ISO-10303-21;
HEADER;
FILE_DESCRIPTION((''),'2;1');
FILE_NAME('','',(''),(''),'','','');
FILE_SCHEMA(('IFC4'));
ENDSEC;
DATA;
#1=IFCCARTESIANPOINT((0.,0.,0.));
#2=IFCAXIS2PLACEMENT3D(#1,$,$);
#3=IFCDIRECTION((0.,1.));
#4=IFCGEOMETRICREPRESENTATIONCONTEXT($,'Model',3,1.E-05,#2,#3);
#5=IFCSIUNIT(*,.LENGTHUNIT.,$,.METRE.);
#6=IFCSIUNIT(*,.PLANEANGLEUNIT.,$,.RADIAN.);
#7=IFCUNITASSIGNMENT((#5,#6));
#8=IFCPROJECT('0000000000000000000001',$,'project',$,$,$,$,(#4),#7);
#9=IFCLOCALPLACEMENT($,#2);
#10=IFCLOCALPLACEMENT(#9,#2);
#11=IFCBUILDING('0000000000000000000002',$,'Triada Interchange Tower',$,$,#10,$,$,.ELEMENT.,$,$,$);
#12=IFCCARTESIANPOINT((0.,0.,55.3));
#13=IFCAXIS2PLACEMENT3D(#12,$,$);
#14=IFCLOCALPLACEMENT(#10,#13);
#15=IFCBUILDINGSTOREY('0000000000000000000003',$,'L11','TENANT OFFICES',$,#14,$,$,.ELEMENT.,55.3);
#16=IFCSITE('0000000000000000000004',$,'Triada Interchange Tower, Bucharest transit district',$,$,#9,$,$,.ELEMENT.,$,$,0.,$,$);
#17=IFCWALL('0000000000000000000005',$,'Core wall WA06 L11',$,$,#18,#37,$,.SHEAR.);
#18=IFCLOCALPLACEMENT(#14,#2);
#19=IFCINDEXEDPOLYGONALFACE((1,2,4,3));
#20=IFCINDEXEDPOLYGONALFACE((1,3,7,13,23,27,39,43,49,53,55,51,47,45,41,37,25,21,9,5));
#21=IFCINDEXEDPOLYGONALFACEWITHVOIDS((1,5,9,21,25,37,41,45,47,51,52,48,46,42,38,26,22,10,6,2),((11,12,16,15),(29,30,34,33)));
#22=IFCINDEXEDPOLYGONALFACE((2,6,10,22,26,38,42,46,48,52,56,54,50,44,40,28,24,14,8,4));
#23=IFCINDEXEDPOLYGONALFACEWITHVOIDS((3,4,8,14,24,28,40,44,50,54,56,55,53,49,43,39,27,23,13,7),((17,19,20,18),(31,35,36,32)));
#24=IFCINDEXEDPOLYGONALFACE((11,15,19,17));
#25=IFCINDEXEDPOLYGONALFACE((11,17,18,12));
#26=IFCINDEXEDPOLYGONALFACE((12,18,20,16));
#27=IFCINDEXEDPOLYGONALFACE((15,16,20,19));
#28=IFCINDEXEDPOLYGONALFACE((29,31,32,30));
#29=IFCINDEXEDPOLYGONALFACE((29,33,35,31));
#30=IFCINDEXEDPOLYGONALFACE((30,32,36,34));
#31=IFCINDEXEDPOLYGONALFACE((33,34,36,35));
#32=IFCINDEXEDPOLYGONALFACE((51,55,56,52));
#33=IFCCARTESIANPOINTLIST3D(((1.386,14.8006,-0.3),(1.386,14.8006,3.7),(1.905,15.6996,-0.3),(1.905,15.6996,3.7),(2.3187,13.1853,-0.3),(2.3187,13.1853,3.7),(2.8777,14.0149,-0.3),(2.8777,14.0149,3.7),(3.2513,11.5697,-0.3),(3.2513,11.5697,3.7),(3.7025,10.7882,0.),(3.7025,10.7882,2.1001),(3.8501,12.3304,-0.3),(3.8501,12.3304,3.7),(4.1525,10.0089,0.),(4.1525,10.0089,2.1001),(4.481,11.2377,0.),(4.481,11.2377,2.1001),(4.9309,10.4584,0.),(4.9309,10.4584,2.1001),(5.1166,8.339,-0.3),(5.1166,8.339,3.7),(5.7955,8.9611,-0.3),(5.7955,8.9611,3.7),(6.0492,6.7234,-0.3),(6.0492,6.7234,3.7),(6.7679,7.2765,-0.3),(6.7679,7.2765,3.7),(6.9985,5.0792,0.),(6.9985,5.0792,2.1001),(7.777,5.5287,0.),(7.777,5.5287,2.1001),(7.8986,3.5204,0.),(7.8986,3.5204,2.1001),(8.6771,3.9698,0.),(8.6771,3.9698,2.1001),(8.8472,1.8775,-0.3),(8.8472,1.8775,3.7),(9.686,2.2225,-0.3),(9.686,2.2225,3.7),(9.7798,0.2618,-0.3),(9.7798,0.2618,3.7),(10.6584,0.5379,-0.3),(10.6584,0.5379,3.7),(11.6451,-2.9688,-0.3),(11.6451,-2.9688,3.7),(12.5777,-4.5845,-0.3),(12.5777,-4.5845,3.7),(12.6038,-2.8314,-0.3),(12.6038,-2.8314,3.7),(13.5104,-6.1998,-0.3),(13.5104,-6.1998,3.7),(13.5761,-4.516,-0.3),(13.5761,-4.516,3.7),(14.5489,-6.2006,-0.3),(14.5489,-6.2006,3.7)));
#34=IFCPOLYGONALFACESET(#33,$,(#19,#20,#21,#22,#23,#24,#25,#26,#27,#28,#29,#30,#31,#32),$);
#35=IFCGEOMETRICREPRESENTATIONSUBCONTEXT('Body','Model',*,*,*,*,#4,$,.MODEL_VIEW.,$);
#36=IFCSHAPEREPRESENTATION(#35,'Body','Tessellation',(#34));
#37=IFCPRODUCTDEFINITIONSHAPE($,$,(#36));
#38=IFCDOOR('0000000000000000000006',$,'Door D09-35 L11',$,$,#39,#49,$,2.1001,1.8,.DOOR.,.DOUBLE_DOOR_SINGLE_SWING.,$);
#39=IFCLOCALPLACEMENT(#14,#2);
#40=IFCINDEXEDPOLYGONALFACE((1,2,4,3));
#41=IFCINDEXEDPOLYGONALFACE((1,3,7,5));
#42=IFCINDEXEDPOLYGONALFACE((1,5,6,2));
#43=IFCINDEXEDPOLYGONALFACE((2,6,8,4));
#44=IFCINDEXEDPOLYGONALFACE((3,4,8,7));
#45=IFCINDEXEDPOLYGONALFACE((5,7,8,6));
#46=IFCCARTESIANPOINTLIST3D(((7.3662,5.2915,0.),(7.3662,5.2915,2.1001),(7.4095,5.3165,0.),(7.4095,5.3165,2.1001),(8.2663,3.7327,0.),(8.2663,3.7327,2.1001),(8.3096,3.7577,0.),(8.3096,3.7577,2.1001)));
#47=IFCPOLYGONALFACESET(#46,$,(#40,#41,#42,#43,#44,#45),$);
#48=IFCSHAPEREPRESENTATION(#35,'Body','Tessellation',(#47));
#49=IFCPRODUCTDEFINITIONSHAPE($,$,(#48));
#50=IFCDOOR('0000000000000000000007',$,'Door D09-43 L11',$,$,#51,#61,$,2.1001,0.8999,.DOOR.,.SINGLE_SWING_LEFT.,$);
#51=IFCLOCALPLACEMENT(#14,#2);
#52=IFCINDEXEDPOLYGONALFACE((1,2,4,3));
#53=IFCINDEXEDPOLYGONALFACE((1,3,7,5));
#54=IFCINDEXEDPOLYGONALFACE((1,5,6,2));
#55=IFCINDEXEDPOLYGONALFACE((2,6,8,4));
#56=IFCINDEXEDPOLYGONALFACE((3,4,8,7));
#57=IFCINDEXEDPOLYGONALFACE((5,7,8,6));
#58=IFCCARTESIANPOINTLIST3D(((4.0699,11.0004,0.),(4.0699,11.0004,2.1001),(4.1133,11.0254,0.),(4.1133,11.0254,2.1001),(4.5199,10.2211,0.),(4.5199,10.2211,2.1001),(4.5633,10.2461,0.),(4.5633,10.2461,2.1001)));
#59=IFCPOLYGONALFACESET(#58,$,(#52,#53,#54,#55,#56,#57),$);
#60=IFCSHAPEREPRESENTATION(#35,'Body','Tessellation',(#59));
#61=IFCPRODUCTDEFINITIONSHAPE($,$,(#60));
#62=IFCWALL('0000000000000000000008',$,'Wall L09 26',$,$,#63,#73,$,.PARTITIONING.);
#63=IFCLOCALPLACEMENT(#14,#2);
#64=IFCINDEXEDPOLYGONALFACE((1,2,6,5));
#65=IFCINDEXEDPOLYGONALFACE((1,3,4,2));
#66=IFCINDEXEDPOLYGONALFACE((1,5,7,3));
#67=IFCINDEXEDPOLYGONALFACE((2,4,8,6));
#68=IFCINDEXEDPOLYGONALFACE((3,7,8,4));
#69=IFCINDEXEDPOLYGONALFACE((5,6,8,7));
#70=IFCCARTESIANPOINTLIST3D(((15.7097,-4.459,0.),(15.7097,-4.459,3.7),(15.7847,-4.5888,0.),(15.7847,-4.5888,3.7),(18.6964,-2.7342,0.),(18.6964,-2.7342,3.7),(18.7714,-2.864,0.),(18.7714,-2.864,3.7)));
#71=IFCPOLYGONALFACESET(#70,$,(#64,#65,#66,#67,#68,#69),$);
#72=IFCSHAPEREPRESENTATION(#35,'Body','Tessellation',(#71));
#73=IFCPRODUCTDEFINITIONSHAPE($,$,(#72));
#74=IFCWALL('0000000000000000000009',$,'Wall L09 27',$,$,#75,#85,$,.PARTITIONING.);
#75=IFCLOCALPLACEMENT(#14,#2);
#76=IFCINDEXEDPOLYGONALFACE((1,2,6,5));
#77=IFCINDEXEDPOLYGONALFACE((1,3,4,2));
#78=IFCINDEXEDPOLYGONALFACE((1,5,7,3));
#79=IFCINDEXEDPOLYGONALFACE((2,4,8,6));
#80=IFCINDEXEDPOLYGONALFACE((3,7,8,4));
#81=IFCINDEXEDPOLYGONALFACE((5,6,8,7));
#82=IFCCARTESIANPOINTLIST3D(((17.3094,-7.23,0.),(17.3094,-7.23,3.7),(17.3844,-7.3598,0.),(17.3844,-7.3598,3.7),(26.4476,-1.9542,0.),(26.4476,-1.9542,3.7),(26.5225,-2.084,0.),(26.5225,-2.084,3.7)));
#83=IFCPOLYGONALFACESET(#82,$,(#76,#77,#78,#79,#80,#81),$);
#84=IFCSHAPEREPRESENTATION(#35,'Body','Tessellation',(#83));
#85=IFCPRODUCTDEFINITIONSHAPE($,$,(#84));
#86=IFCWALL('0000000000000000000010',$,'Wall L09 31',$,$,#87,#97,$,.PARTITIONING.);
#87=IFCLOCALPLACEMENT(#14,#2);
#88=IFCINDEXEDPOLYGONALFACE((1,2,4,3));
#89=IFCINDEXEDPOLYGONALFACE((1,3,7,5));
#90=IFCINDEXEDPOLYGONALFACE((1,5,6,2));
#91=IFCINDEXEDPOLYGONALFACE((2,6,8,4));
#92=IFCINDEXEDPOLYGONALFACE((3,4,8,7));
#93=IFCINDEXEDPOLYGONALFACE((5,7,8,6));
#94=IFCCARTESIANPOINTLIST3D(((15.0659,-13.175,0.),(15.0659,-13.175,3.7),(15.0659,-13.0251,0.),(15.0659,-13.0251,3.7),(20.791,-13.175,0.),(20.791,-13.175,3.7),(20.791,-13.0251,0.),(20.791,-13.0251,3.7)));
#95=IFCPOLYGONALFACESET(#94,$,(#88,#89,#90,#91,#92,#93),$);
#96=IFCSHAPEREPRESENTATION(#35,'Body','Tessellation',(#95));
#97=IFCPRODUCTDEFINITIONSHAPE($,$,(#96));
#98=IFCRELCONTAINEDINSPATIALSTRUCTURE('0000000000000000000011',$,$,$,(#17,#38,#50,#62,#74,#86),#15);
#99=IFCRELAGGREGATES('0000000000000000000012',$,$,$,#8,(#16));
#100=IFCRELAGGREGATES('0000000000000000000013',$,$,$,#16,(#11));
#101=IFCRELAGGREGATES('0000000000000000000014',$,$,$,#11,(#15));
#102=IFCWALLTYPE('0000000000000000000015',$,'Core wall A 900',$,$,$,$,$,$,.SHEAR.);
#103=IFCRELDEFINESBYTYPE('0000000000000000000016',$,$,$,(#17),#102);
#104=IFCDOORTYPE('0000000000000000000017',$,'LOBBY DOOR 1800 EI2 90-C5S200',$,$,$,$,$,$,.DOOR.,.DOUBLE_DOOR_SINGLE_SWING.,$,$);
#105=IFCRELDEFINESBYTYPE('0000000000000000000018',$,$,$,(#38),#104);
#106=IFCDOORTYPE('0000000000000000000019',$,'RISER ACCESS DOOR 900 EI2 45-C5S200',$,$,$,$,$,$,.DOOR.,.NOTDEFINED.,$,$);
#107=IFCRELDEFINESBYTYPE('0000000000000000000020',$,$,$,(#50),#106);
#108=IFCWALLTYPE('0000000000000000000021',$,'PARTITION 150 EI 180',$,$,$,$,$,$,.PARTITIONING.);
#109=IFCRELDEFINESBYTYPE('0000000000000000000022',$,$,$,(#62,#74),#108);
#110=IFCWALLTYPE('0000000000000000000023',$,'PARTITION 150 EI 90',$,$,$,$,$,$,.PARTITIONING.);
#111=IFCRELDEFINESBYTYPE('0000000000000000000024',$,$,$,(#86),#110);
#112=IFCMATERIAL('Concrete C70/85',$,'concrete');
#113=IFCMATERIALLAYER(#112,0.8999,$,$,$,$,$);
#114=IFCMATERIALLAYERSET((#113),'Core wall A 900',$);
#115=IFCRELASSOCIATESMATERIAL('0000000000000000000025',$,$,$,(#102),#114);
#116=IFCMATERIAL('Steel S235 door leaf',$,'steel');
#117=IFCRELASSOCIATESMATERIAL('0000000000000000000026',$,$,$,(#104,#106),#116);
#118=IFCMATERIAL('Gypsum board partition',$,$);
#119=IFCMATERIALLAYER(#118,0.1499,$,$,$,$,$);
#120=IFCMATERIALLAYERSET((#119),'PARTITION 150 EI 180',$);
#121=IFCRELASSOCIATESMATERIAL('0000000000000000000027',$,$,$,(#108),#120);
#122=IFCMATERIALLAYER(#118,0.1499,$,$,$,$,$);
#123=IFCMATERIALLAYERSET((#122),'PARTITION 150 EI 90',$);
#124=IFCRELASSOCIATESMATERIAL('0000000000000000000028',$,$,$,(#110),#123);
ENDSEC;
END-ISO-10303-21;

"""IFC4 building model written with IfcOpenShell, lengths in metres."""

from ifc_helpers import new_model, si_unit, direction, frame, frame_2d, origin, place, context, subcontext, project, spatial, polyline, rectangle, outline, extrude, material, layer, layer_set, type_object, element, fill, save


model = new_model("IFC4")

# Units and contexts
model_context = context("Model", 3, precision=1e-05, world=origin(), true_north=direction((0.0, 1.0)))
body_context = subcontext(model_context, "Body", "Model", "MODEL_VIEW")
ifc_project = project(units=[si_unit("LENGTHUNIT", "METRE"), si_unit("PLANEANGLEUNIT", "RADIAN")], contexts=[model_context])

# Site, building, storey
site_placement = place(None, origin())
site = spatial("IfcSite", under=ifc_project, at=site_placement, Name="Triada Interchange Tower, Bucharest transit district", CompositionType="ELEMENT", RefElevation=0.0)
building_placement = place(site_placement, origin())
building = spatial("IfcBuilding", under=site, at=building_placement, Name="Triada Interchange Tower", CompositionType="ELEMENT")
storey_placement = place(building_placement, frame((0.0, 0.0, 55.3)))
storey = spatial("IfcBuildingStorey", under=building, at=storey_placement, Name="L11", Description="TENANT OFFICES", CompositionType="ELEMENT", Elevation=55.3)

# Shared definitions
ifc_material_1 = material(Name="Steel S235 door leaf", Category="steel")

# Shared definitions
ifc_material_2 = material(Name="Concrete C70/85", Category="concrete")
ifc_layer_1 = layer(ifc_material_2, 0.8999)
ifc_layer_set_1 = layer_set([ifc_layer_1], Name="Core wall A 900")
wall_type_1 = type_object("IfcWallType", Name="Core wall A 900", PredefinedType="SHEAR", material=ifc_layer_set_1)

# Wall, openings, doors
wall_1_placement = place(storey_placement, frame((14.03, -6.2, -0.3), z_axis=(0.0, 0.0, 1.0), x_axis=(-0.500026, 0.86601, 0.0)))
wall_1 = element("IfcWall", 1, at=wall_1_placement, inside=storey, type_object=wall_type_1, Name="Core wall WA06 L11", PredefinedType="SHEAR", context=body_context, shape_type="SweptSolid", body=[
    extrude(outline(polyline([(-0.26, -0.449), (1.6853, -0.449), (3.6304, -0.4492), (5.5757, -0.4492), (7.521, -0.4492), (9.4661, -0.4495), (11.4114, -0.4495), (13.3567, -0.4495), (15.302, -0.4495), (17.2471, -0.4497), (19.1924, -0.4497), (21.1377, -0.4497), (23.0828, -0.45), (25.0281, -0.45), (24.509, 0.449), (22.6438, 0.449), (20.7783, 0.4492), (18.9131, 0.4492), (17.0479, 0.4492), (15.1824, 0.4495), (13.3171, 0.4495), (11.4519, 0.4495), (9.5867, 0.4495), (7.7212, 0.4497), (5.856, 0.4497), (3.9907, 0.4497), (2.1252, 0.45), (0.26, 0.45), (-0.26, -0.449)])), origin(), (0.0, 0.0, 1.0), 4.0),
])
opening_1_placement = place(wall_1_placement, frame((11.4839, 0.0, 0.3)))
opening_1 = element("IfcOpeningElement", 2, at=opening_1_placement, cuts=wall_1, PredefinedType="OPENING", context=body_context, shape_type="SweptSolid", body=[
    extrude(rectangle(XDim=1.8, YDim=2.1001, at=frame_2d((0.8999, 1.05))), frame((0.0, 0.46, 0.0), z_axis=(0.0, -1.0, 0.0), x_axis=(1.0, 0.0, 0.0)), (0.0, 0.0, 1.0), 0.9199),
])
opening_2_placement = place(wall_1_placement, frame((18.9761, 0.0, 0.3)))
opening_2 = element("IfcOpeningElement", 3, at=opening_2_placement, cuts=wall_1, PredefinedType="OPENING", context=body_context, shape_type="SweptSolid", body=[
    extrude(rectangle(XDim=0.8999, YDim=2.1001, at=frame_2d((0.45, 1.05))), frame((0.0, 0.46, 0.0), z_axis=(0.0, -1.0, 0.0), x_axis=(1.0, 0.0, 0.0)), (0.0, 0.0, 1.0), 0.9199),
])
door_type_1 = type_object("IfcDoorType", Name="LOBBY DOOR 1800 EI2 90-C5S200", OperationType="DOUBLE_DOOR_SINGLE_SWING", PredefinedType="DOOR", material=ifc_material_1)
door_1_placement = place(opening_1_placement, origin())
door_1 = element("IfcDoor", 4, at=door_1_placement, inside=storey, type_object=door_type_1, Name="Door D09-35 L11", OperationType="DOUBLE_DOOR_SINGLE_SWING", OverallHeight=2.1001, OverallWidth=1.8, PredefinedType="DOOR", context=body_context, shape_type="SweptSolid", body=[
    extrude(rectangle(XDim=1.8, YDim=2.1001, at=frame_2d((0.8999, 1.05))), frame((0.0, 0.0249, 0.0), z_axis=(0.0, -1.0, 0.0), x_axis=(1.0, 0.0, 0.0)), (0.0, 0.0, 1.0), 0.05),
])
fill(opening_1, door_1)
door_type_2 = type_object("IfcDoorType", Name="RISER ACCESS DOOR 900 EI2 45-C5S200", OperationType="NOTDEFINED", PredefinedType="DOOR", material=ifc_material_1)
door_2_placement = place(opening_2_placement, origin())
door_2 = element("IfcDoor", 5, at=door_2_placement, inside=storey, type_object=door_type_2, Name="Door D09-43 L11", OperationType="SINGLE_SWING_LEFT", OverallHeight=2.1001, OverallWidth=0.8999, PredefinedType="DOOR", context=body_context, shape_type="SweptSolid", body=[
    extrude(rectangle(XDim=0.8999, YDim=2.1001, at=frame_2d((0.45, 1.05))), frame((0.0, 0.0249, 0.0), z_axis=(0.0, -1.0, 0.0), x_axis=(1.0, 0.0, 0.0)), (0.0, 0.0, 1.0), 0.05),
])
fill(opening_2, door_2)

# Walls
ifc_material_3 = material(Name="Gypsum board partition")
ifc_layer_2 = layer(ifc_material_3, 0.1499)
ifc_layer_set_2 = layer_set([ifc_layer_2], Name="PARTITION 150 EI 180")
wall_type_2 = type_object("IfcWallType", Name="PARTITION 150 EI 180", PredefinedType="PARTITIONING", material=ifc_layer_set_2)
wall_2_placement = place(storey_placement, frame((15.7471, -4.5239, 0.0), z_axis=(0.0, 0.0, 1.0), x_axis=(0.865973, 0.50009, 0.0)))
element("IfcWall", 6, at=wall_2_placement, inside=storey, type_object=wall_type_2, Name="Wall L09 26", PredefinedType="PARTITIONING", context=body_context, shape_type="SweptSolid", body=[
    extrude(rectangle(XDim=3.449, YDim=0.1499, at=frame_2d((1.7246, 0.0))), origin(), (0.0, 0.0, 1.0), 3.7),
])
wall_3_placement = place(storey_placement, frame((17.3469, -7.2949, 0.0), z_axis=(0.0, 0.0, 1.0), x_axis=(0.866028, 0.499996, 0.0)))
element("IfcWall", 7, at=wall_3_placement, inside=storey, type_object=wall_type_2, Name="Wall L09 27", PredefinedType="PARTITIONING", context=body_context, shape_type="SweptSolid", body=[
    extrude(rectangle(XDim=10.5518, YDim=0.1499, at=frame_2d((5.2759, 0.0))), origin(), (0.0, 0.0, 1.0), 3.7),
])
ifc_layer_3 = layer(ifc_material_3, 0.1499)
ifc_layer_set_3 = layer_set([ifc_layer_3], Name="PARTITION 150 EI 90")
wall_type_3 = type_object("IfcWallType", Name="PARTITION 150 EI 90", PredefinedType="PARTITIONING", material=ifc_layer_set_3)
wall_4_placement = place(storey_placement, frame((15.0659, -13.1001, 0.0), z_axis=(0.0, 0.0, 1.0), x_axis=(1.0, 0.0, 0.0)))
element("IfcWall", 8, at=wall_4_placement, inside=storey, type_object=wall_type_3, Name="Wall L09 31", PredefinedType="PARTITIONING", context=body_context, shape_type="SweptSolid", body=[
    extrude(rectangle(XDim=5.7251, YDim=0.1499, at=frame_2d((2.8625, 0.0))), origin(), (0.0, 0.0, 1.0), 3.7),
])

save(model, "model.ifc")
